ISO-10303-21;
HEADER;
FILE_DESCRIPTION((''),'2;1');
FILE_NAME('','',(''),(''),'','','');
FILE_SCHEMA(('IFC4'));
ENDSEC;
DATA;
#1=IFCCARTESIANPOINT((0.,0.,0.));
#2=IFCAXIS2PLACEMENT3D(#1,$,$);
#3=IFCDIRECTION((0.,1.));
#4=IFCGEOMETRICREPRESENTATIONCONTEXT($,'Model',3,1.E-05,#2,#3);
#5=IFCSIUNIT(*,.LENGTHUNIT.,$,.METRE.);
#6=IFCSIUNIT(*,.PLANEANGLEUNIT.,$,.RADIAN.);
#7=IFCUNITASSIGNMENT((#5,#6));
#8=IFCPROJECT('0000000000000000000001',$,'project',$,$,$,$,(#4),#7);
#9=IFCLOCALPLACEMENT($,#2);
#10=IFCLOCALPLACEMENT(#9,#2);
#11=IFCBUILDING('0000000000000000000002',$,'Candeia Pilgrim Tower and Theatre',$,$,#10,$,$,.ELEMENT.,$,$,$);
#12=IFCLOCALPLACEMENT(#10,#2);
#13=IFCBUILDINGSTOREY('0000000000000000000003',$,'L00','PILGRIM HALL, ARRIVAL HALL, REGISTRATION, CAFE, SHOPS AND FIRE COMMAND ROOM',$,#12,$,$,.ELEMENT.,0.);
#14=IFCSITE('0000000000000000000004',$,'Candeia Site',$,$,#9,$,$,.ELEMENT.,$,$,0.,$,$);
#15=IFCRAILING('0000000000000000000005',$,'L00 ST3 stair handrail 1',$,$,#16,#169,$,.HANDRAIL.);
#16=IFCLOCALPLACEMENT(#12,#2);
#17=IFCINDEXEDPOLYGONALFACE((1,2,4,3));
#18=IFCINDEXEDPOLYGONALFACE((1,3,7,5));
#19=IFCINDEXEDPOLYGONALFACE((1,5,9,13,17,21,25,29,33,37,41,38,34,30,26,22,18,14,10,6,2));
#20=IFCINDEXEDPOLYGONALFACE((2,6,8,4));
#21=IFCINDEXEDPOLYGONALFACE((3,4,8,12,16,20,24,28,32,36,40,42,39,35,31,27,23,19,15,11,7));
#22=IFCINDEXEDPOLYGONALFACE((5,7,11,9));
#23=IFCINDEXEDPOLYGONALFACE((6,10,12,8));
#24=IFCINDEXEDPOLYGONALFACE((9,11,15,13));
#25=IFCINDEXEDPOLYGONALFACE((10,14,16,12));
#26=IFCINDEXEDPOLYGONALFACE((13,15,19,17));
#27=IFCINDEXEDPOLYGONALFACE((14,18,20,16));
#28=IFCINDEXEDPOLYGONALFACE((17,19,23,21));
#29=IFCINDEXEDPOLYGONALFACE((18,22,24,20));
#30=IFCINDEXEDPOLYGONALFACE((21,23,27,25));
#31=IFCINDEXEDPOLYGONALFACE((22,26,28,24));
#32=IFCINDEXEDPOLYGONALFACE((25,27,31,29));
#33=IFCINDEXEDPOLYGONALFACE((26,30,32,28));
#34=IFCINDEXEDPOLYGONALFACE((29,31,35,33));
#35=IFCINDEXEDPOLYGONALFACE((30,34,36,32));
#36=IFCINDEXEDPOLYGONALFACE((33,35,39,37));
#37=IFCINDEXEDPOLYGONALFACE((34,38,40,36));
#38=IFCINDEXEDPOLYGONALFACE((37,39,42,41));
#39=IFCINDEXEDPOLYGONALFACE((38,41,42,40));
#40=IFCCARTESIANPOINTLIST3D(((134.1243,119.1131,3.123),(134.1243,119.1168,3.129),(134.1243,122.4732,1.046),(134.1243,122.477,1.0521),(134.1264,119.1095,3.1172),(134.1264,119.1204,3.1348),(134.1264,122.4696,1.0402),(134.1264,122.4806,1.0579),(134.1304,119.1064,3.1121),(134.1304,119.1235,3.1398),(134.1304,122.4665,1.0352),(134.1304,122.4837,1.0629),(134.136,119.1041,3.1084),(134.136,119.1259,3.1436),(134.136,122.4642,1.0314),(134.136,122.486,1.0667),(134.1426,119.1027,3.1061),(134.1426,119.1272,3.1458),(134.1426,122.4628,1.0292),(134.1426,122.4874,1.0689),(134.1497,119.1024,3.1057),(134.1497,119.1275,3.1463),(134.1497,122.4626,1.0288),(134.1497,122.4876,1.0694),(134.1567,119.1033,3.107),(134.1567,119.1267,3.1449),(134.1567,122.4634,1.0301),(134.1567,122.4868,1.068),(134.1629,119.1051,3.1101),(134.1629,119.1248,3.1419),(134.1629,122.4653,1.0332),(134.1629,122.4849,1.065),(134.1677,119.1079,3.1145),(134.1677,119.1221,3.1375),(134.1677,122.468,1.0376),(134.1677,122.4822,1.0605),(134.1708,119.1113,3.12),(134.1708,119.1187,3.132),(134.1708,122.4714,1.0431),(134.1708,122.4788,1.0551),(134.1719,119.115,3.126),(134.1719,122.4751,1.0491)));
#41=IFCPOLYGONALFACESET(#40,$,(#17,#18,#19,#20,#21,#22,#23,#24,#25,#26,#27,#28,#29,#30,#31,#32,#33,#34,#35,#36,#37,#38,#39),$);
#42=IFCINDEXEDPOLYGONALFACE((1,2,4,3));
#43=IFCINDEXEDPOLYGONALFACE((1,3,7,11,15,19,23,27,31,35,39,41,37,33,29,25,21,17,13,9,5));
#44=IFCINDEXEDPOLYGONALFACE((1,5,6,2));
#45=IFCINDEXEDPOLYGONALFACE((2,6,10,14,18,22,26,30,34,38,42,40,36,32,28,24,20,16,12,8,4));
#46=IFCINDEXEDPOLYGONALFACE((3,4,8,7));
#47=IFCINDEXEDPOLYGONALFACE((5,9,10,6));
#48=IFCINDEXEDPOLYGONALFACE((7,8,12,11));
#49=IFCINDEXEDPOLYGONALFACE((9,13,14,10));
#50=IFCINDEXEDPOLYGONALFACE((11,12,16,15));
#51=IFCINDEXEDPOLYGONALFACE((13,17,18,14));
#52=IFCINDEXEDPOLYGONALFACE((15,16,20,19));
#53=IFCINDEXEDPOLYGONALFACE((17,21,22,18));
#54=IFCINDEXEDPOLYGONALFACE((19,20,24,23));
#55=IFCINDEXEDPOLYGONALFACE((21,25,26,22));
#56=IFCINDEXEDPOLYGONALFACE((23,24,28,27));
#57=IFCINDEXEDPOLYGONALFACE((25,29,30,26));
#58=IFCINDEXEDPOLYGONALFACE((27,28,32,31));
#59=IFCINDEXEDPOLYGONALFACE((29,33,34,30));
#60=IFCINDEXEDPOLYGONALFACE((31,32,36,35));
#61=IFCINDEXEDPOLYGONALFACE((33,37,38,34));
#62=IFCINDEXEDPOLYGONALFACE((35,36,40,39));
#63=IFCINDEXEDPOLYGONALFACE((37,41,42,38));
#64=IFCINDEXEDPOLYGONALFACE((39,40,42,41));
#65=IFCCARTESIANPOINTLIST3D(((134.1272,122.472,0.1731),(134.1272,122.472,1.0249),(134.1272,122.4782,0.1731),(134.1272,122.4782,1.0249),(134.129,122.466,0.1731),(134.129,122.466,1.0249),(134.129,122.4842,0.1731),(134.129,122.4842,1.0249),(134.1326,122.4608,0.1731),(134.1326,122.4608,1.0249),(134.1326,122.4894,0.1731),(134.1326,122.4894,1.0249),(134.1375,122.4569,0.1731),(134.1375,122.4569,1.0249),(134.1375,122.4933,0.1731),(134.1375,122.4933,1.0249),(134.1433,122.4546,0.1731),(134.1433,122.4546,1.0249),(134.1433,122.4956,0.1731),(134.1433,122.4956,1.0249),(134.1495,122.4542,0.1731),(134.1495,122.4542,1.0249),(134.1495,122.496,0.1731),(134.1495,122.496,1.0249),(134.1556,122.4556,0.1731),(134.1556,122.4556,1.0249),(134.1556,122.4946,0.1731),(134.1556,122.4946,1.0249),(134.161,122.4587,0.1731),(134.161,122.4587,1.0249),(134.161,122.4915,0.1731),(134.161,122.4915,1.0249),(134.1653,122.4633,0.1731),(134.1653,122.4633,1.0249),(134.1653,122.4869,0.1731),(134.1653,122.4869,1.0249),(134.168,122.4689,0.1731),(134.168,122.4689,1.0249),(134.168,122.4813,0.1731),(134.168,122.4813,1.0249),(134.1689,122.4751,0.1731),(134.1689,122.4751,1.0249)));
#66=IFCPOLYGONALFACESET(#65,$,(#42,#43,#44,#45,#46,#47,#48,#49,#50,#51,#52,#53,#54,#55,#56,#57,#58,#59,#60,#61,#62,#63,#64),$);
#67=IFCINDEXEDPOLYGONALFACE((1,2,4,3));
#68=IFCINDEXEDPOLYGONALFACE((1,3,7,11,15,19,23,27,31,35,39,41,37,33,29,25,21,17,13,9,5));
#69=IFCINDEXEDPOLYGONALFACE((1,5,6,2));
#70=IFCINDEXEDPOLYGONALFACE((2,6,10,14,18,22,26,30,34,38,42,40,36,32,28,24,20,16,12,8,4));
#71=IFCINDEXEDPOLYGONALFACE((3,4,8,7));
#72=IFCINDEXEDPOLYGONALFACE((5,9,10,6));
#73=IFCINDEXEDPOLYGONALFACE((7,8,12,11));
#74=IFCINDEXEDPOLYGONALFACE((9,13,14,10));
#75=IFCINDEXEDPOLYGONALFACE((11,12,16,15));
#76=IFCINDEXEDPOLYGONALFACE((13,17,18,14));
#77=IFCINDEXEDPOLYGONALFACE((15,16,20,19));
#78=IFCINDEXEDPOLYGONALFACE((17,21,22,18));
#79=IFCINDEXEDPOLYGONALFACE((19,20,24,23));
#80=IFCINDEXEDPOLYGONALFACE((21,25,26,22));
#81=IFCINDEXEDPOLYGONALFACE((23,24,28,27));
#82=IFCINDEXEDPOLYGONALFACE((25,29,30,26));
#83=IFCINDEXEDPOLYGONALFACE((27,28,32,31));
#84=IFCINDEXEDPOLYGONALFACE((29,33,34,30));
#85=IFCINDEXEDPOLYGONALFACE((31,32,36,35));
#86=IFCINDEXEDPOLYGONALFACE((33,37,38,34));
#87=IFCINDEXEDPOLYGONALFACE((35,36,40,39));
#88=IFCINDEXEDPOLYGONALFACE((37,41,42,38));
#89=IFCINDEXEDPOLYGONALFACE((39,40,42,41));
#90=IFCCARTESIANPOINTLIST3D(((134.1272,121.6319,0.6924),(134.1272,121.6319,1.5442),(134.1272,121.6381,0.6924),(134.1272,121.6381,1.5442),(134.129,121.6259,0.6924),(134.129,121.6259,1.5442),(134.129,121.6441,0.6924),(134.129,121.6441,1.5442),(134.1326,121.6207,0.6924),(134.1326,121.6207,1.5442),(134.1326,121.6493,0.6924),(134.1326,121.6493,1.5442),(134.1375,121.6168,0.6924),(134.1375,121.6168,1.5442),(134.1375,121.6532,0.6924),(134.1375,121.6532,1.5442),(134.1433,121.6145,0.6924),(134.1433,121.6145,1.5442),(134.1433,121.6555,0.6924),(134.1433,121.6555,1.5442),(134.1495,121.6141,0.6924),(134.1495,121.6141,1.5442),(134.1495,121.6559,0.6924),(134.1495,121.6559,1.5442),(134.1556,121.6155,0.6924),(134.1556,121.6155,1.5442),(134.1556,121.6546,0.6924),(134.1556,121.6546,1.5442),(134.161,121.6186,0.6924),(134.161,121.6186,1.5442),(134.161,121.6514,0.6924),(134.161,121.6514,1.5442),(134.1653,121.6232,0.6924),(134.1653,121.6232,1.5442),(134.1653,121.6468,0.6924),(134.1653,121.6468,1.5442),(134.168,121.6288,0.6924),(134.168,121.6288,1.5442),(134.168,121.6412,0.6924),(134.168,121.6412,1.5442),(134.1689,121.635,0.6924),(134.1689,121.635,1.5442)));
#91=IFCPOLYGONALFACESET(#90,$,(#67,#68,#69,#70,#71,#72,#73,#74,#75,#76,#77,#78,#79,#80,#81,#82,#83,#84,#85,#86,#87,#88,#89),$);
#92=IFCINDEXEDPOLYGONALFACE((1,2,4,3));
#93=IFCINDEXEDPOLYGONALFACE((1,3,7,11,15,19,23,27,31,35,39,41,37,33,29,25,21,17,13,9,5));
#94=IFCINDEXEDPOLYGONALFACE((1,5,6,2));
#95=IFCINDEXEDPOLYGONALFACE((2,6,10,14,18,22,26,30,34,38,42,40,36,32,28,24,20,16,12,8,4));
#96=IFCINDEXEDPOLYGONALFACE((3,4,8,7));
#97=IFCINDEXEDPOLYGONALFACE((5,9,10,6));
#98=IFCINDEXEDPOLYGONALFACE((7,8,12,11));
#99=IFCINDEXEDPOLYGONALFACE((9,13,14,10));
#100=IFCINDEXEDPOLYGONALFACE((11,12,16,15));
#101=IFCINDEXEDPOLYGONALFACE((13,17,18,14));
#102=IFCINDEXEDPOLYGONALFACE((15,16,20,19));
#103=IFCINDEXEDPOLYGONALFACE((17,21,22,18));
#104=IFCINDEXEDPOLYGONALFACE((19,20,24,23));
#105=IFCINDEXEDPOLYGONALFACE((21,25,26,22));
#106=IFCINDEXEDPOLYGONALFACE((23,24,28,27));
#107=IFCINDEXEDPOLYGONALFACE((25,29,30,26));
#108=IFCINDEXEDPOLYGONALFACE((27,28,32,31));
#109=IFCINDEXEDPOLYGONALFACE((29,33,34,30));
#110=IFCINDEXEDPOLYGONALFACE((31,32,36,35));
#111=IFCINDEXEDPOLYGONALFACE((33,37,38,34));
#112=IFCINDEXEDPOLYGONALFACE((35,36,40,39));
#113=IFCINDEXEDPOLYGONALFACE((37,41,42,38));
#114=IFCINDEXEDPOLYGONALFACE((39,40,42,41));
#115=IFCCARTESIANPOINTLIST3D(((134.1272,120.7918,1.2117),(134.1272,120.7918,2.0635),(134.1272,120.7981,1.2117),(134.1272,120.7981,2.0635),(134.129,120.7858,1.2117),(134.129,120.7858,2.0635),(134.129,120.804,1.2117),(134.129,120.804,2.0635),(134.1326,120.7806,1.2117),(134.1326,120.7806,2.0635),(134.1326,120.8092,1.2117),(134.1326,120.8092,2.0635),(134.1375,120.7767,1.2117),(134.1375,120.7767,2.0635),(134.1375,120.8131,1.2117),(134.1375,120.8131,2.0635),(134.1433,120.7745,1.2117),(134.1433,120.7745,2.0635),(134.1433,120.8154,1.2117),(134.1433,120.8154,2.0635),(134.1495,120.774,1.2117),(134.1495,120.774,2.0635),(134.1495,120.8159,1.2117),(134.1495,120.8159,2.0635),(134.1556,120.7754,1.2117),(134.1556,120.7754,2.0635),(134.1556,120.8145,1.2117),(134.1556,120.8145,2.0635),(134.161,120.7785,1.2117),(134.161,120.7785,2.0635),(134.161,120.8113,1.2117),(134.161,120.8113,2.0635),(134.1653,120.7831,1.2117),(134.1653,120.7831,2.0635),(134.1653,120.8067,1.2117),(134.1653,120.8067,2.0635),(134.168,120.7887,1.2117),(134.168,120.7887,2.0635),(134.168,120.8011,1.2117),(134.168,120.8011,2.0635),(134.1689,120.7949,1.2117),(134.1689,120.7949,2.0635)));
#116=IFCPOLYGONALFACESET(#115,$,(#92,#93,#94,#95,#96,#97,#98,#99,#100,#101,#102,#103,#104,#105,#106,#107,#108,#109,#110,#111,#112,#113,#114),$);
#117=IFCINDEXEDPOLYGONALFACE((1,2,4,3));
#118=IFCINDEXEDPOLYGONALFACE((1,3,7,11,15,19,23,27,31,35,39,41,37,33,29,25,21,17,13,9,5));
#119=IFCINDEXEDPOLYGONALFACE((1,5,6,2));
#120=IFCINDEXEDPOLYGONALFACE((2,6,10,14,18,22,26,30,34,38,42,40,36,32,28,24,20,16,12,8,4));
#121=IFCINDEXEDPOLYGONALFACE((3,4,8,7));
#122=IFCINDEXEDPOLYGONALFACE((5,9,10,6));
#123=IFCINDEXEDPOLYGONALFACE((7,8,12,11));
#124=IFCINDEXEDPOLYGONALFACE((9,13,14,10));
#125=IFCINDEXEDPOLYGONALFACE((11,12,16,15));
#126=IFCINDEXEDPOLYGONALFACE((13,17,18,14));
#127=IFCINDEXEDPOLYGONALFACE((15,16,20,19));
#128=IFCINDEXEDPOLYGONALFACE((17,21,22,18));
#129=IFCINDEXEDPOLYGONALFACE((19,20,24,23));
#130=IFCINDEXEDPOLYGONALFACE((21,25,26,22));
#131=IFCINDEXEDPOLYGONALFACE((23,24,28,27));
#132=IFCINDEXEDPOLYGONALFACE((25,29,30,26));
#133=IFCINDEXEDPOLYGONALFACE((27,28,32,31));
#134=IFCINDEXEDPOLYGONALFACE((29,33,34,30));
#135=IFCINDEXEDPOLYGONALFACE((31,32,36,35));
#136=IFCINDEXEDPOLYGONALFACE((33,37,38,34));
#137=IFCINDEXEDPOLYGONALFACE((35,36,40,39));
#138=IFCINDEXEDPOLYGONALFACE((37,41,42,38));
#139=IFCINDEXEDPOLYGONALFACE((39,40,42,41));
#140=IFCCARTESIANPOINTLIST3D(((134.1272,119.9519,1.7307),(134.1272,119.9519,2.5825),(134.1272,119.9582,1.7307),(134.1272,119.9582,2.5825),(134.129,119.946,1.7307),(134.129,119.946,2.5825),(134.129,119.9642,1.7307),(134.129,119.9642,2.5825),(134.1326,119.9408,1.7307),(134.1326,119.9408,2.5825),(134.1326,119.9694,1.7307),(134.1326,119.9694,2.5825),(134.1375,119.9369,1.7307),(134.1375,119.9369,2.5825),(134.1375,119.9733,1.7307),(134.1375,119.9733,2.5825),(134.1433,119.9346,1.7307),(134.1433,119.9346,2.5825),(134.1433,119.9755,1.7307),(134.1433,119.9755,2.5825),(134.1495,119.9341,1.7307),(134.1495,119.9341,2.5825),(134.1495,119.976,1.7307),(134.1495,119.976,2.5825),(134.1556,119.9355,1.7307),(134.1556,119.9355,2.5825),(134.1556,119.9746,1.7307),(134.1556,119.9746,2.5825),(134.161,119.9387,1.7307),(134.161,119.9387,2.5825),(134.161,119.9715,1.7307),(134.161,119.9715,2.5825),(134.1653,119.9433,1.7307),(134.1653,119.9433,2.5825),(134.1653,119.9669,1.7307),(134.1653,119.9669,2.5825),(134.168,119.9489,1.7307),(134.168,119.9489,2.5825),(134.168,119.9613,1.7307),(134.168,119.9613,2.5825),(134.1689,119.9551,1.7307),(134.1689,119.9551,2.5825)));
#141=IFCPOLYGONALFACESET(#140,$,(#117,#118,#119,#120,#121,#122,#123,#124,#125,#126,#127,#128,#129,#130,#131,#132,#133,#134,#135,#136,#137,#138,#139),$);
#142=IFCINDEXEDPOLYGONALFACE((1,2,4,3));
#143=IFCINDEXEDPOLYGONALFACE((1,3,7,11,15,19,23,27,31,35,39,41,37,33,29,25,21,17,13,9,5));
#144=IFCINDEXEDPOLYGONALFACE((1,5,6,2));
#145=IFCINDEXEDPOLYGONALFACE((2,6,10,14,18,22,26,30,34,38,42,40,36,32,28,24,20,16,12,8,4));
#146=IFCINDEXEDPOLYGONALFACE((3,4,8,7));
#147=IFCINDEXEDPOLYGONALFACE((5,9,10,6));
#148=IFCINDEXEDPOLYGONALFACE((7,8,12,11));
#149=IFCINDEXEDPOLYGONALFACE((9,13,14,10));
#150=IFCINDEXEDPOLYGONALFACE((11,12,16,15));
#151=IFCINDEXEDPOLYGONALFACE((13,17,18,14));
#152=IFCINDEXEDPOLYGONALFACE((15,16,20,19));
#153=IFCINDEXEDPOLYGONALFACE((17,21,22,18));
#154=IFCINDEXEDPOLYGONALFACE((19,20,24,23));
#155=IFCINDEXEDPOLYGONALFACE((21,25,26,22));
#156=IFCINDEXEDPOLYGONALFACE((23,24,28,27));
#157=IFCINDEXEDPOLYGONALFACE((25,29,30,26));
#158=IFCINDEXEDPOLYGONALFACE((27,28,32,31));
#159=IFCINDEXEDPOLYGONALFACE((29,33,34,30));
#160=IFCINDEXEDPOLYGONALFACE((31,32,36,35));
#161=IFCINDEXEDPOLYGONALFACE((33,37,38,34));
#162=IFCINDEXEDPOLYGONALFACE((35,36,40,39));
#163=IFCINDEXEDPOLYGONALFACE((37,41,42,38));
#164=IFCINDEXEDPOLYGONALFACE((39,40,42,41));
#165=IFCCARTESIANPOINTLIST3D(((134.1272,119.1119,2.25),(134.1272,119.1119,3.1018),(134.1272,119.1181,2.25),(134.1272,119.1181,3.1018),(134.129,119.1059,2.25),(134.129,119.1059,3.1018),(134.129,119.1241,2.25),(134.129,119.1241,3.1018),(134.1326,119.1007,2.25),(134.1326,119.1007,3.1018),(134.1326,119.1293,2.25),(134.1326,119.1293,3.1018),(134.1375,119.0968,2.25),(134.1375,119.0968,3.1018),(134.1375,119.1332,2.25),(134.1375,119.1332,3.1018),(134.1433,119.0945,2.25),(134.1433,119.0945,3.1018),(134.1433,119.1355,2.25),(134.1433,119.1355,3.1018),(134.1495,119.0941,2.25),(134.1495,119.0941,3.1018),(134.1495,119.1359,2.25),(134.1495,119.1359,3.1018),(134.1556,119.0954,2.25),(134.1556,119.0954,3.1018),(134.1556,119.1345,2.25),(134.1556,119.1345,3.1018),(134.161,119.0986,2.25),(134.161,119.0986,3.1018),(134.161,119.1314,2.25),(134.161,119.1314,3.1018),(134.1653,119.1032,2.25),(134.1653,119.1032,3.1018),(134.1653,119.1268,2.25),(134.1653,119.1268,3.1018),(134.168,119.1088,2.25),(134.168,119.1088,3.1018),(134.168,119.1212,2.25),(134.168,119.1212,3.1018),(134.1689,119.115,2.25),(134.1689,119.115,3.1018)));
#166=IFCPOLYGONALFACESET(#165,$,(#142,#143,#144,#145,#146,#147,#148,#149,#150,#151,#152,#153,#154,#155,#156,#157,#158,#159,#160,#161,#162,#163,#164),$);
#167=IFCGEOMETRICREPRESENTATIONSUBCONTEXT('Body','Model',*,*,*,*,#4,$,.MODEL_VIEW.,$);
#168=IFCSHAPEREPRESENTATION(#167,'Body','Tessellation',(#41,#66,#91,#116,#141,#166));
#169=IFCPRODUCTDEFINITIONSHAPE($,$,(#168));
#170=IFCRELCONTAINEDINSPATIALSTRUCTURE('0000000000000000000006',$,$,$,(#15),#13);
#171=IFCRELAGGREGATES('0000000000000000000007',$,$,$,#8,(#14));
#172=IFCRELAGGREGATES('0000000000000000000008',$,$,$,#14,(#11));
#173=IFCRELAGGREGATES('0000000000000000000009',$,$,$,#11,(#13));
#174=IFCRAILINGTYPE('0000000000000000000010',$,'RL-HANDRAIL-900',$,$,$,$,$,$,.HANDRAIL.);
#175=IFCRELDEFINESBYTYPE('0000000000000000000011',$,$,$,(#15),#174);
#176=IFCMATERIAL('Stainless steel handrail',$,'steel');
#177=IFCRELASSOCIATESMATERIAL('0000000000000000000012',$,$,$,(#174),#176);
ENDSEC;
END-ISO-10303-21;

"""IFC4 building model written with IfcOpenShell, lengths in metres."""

from ifc_helpers import new_model, si_unit, direction, frame, origin, origin_2d, place, context, subcontext, project, spatial, circle, extrude, material, type_object, element, save


model = new_model("IFC4")

# Units and contexts
model_context = context("Model", 3, precision=1e-05, world=origin(), true_north=direction((0.0, 1.0)))
body_context = subcontext(model_context, "Body", "Model", "MODEL_VIEW")
ifc_project = project(units=[si_unit("LENGTHUNIT", "METRE"), si_unit("PLANEANGLEUNIT", "RADIAN")], contexts=[model_context])

# Site, building, storey
site_placement = place(None, origin())
site = spatial("IfcSite", under=ifc_project, at=site_placement, Name="Candeia Site", CompositionType="ELEMENT", RefElevation=0.0)
building_placement = place(site_placement, origin())
building = spatial("IfcBuilding", under=site, at=building_placement, Name="Candeia Pilgrim Tower and Theatre", CompositionType="ELEMENT")
storey_placement = place(building_placement, origin())
storey = spatial("IfcBuildingStorey", under=building, at=storey_placement, Name="L00", Description="PILGRIM HALL, ARRIVAL HALL, REGISTRATION, CAFE, SHOPS AND FIRE COMMAND ROOM", CompositionType="ELEMENT", Elevation=0.0)

# Railing
ifc_material_1 = material(Name="Stainless steel handrail", Category="steel")
railing_type_1 = type_object("IfcRailingType", Name="RL-HANDRAIL-900", PredefinedType="HANDRAIL", material=ifc_material_1)
railing_1_placement = place(storey_placement, frame((134.1479, 122.4751, 0.1731)))
element("IfcRailing", 1, at=railing_1_placement, inside=storey, type_object=railing_type_1, Name="L00 ST3 stair handrail 1", PredefinedType="HANDRAIL", context=body_context, shape_type="SweptSolid", body=[
    extrude(circle(Radius=0.0239, at=origin_2d()), frame((0.0, 0.0, 0.876), z_axis=(0.0, -0.850623, 0.525776), x_axis=(1.0, 0.0, 0.0)), (0.0, 0.0, 1.0), 3.9502),
    extrude(circle(Radius=0.021, at=origin_2d()), origin(), (0.0, 0.0, 1.0), 0.8518),
    extrude(circle(Radius=0.021, at=origin_2d()), frame((0.0, -0.8401, 0.5193)), (0.0, 0.0, 1.0), 0.8518),
    extrude(circle(Radius=0.021, at=origin_2d()), frame((0.0, -1.6802, 1.0386)), (0.0, 0.0, 1.0), 0.8518),
    extrude(circle(Radius=0.021, at=origin_2d()), frame((0.0, -2.52, 1.5576)), (0.0, 0.0, 1.0), 0.8518),
    extrude(circle(Radius=0.021, at=origin_2d()), frame((0.0, -3.3601, 2.0769)), (0.0, 0.0, 1.0), 0.8518),
])

save(model, "model.ifc")
